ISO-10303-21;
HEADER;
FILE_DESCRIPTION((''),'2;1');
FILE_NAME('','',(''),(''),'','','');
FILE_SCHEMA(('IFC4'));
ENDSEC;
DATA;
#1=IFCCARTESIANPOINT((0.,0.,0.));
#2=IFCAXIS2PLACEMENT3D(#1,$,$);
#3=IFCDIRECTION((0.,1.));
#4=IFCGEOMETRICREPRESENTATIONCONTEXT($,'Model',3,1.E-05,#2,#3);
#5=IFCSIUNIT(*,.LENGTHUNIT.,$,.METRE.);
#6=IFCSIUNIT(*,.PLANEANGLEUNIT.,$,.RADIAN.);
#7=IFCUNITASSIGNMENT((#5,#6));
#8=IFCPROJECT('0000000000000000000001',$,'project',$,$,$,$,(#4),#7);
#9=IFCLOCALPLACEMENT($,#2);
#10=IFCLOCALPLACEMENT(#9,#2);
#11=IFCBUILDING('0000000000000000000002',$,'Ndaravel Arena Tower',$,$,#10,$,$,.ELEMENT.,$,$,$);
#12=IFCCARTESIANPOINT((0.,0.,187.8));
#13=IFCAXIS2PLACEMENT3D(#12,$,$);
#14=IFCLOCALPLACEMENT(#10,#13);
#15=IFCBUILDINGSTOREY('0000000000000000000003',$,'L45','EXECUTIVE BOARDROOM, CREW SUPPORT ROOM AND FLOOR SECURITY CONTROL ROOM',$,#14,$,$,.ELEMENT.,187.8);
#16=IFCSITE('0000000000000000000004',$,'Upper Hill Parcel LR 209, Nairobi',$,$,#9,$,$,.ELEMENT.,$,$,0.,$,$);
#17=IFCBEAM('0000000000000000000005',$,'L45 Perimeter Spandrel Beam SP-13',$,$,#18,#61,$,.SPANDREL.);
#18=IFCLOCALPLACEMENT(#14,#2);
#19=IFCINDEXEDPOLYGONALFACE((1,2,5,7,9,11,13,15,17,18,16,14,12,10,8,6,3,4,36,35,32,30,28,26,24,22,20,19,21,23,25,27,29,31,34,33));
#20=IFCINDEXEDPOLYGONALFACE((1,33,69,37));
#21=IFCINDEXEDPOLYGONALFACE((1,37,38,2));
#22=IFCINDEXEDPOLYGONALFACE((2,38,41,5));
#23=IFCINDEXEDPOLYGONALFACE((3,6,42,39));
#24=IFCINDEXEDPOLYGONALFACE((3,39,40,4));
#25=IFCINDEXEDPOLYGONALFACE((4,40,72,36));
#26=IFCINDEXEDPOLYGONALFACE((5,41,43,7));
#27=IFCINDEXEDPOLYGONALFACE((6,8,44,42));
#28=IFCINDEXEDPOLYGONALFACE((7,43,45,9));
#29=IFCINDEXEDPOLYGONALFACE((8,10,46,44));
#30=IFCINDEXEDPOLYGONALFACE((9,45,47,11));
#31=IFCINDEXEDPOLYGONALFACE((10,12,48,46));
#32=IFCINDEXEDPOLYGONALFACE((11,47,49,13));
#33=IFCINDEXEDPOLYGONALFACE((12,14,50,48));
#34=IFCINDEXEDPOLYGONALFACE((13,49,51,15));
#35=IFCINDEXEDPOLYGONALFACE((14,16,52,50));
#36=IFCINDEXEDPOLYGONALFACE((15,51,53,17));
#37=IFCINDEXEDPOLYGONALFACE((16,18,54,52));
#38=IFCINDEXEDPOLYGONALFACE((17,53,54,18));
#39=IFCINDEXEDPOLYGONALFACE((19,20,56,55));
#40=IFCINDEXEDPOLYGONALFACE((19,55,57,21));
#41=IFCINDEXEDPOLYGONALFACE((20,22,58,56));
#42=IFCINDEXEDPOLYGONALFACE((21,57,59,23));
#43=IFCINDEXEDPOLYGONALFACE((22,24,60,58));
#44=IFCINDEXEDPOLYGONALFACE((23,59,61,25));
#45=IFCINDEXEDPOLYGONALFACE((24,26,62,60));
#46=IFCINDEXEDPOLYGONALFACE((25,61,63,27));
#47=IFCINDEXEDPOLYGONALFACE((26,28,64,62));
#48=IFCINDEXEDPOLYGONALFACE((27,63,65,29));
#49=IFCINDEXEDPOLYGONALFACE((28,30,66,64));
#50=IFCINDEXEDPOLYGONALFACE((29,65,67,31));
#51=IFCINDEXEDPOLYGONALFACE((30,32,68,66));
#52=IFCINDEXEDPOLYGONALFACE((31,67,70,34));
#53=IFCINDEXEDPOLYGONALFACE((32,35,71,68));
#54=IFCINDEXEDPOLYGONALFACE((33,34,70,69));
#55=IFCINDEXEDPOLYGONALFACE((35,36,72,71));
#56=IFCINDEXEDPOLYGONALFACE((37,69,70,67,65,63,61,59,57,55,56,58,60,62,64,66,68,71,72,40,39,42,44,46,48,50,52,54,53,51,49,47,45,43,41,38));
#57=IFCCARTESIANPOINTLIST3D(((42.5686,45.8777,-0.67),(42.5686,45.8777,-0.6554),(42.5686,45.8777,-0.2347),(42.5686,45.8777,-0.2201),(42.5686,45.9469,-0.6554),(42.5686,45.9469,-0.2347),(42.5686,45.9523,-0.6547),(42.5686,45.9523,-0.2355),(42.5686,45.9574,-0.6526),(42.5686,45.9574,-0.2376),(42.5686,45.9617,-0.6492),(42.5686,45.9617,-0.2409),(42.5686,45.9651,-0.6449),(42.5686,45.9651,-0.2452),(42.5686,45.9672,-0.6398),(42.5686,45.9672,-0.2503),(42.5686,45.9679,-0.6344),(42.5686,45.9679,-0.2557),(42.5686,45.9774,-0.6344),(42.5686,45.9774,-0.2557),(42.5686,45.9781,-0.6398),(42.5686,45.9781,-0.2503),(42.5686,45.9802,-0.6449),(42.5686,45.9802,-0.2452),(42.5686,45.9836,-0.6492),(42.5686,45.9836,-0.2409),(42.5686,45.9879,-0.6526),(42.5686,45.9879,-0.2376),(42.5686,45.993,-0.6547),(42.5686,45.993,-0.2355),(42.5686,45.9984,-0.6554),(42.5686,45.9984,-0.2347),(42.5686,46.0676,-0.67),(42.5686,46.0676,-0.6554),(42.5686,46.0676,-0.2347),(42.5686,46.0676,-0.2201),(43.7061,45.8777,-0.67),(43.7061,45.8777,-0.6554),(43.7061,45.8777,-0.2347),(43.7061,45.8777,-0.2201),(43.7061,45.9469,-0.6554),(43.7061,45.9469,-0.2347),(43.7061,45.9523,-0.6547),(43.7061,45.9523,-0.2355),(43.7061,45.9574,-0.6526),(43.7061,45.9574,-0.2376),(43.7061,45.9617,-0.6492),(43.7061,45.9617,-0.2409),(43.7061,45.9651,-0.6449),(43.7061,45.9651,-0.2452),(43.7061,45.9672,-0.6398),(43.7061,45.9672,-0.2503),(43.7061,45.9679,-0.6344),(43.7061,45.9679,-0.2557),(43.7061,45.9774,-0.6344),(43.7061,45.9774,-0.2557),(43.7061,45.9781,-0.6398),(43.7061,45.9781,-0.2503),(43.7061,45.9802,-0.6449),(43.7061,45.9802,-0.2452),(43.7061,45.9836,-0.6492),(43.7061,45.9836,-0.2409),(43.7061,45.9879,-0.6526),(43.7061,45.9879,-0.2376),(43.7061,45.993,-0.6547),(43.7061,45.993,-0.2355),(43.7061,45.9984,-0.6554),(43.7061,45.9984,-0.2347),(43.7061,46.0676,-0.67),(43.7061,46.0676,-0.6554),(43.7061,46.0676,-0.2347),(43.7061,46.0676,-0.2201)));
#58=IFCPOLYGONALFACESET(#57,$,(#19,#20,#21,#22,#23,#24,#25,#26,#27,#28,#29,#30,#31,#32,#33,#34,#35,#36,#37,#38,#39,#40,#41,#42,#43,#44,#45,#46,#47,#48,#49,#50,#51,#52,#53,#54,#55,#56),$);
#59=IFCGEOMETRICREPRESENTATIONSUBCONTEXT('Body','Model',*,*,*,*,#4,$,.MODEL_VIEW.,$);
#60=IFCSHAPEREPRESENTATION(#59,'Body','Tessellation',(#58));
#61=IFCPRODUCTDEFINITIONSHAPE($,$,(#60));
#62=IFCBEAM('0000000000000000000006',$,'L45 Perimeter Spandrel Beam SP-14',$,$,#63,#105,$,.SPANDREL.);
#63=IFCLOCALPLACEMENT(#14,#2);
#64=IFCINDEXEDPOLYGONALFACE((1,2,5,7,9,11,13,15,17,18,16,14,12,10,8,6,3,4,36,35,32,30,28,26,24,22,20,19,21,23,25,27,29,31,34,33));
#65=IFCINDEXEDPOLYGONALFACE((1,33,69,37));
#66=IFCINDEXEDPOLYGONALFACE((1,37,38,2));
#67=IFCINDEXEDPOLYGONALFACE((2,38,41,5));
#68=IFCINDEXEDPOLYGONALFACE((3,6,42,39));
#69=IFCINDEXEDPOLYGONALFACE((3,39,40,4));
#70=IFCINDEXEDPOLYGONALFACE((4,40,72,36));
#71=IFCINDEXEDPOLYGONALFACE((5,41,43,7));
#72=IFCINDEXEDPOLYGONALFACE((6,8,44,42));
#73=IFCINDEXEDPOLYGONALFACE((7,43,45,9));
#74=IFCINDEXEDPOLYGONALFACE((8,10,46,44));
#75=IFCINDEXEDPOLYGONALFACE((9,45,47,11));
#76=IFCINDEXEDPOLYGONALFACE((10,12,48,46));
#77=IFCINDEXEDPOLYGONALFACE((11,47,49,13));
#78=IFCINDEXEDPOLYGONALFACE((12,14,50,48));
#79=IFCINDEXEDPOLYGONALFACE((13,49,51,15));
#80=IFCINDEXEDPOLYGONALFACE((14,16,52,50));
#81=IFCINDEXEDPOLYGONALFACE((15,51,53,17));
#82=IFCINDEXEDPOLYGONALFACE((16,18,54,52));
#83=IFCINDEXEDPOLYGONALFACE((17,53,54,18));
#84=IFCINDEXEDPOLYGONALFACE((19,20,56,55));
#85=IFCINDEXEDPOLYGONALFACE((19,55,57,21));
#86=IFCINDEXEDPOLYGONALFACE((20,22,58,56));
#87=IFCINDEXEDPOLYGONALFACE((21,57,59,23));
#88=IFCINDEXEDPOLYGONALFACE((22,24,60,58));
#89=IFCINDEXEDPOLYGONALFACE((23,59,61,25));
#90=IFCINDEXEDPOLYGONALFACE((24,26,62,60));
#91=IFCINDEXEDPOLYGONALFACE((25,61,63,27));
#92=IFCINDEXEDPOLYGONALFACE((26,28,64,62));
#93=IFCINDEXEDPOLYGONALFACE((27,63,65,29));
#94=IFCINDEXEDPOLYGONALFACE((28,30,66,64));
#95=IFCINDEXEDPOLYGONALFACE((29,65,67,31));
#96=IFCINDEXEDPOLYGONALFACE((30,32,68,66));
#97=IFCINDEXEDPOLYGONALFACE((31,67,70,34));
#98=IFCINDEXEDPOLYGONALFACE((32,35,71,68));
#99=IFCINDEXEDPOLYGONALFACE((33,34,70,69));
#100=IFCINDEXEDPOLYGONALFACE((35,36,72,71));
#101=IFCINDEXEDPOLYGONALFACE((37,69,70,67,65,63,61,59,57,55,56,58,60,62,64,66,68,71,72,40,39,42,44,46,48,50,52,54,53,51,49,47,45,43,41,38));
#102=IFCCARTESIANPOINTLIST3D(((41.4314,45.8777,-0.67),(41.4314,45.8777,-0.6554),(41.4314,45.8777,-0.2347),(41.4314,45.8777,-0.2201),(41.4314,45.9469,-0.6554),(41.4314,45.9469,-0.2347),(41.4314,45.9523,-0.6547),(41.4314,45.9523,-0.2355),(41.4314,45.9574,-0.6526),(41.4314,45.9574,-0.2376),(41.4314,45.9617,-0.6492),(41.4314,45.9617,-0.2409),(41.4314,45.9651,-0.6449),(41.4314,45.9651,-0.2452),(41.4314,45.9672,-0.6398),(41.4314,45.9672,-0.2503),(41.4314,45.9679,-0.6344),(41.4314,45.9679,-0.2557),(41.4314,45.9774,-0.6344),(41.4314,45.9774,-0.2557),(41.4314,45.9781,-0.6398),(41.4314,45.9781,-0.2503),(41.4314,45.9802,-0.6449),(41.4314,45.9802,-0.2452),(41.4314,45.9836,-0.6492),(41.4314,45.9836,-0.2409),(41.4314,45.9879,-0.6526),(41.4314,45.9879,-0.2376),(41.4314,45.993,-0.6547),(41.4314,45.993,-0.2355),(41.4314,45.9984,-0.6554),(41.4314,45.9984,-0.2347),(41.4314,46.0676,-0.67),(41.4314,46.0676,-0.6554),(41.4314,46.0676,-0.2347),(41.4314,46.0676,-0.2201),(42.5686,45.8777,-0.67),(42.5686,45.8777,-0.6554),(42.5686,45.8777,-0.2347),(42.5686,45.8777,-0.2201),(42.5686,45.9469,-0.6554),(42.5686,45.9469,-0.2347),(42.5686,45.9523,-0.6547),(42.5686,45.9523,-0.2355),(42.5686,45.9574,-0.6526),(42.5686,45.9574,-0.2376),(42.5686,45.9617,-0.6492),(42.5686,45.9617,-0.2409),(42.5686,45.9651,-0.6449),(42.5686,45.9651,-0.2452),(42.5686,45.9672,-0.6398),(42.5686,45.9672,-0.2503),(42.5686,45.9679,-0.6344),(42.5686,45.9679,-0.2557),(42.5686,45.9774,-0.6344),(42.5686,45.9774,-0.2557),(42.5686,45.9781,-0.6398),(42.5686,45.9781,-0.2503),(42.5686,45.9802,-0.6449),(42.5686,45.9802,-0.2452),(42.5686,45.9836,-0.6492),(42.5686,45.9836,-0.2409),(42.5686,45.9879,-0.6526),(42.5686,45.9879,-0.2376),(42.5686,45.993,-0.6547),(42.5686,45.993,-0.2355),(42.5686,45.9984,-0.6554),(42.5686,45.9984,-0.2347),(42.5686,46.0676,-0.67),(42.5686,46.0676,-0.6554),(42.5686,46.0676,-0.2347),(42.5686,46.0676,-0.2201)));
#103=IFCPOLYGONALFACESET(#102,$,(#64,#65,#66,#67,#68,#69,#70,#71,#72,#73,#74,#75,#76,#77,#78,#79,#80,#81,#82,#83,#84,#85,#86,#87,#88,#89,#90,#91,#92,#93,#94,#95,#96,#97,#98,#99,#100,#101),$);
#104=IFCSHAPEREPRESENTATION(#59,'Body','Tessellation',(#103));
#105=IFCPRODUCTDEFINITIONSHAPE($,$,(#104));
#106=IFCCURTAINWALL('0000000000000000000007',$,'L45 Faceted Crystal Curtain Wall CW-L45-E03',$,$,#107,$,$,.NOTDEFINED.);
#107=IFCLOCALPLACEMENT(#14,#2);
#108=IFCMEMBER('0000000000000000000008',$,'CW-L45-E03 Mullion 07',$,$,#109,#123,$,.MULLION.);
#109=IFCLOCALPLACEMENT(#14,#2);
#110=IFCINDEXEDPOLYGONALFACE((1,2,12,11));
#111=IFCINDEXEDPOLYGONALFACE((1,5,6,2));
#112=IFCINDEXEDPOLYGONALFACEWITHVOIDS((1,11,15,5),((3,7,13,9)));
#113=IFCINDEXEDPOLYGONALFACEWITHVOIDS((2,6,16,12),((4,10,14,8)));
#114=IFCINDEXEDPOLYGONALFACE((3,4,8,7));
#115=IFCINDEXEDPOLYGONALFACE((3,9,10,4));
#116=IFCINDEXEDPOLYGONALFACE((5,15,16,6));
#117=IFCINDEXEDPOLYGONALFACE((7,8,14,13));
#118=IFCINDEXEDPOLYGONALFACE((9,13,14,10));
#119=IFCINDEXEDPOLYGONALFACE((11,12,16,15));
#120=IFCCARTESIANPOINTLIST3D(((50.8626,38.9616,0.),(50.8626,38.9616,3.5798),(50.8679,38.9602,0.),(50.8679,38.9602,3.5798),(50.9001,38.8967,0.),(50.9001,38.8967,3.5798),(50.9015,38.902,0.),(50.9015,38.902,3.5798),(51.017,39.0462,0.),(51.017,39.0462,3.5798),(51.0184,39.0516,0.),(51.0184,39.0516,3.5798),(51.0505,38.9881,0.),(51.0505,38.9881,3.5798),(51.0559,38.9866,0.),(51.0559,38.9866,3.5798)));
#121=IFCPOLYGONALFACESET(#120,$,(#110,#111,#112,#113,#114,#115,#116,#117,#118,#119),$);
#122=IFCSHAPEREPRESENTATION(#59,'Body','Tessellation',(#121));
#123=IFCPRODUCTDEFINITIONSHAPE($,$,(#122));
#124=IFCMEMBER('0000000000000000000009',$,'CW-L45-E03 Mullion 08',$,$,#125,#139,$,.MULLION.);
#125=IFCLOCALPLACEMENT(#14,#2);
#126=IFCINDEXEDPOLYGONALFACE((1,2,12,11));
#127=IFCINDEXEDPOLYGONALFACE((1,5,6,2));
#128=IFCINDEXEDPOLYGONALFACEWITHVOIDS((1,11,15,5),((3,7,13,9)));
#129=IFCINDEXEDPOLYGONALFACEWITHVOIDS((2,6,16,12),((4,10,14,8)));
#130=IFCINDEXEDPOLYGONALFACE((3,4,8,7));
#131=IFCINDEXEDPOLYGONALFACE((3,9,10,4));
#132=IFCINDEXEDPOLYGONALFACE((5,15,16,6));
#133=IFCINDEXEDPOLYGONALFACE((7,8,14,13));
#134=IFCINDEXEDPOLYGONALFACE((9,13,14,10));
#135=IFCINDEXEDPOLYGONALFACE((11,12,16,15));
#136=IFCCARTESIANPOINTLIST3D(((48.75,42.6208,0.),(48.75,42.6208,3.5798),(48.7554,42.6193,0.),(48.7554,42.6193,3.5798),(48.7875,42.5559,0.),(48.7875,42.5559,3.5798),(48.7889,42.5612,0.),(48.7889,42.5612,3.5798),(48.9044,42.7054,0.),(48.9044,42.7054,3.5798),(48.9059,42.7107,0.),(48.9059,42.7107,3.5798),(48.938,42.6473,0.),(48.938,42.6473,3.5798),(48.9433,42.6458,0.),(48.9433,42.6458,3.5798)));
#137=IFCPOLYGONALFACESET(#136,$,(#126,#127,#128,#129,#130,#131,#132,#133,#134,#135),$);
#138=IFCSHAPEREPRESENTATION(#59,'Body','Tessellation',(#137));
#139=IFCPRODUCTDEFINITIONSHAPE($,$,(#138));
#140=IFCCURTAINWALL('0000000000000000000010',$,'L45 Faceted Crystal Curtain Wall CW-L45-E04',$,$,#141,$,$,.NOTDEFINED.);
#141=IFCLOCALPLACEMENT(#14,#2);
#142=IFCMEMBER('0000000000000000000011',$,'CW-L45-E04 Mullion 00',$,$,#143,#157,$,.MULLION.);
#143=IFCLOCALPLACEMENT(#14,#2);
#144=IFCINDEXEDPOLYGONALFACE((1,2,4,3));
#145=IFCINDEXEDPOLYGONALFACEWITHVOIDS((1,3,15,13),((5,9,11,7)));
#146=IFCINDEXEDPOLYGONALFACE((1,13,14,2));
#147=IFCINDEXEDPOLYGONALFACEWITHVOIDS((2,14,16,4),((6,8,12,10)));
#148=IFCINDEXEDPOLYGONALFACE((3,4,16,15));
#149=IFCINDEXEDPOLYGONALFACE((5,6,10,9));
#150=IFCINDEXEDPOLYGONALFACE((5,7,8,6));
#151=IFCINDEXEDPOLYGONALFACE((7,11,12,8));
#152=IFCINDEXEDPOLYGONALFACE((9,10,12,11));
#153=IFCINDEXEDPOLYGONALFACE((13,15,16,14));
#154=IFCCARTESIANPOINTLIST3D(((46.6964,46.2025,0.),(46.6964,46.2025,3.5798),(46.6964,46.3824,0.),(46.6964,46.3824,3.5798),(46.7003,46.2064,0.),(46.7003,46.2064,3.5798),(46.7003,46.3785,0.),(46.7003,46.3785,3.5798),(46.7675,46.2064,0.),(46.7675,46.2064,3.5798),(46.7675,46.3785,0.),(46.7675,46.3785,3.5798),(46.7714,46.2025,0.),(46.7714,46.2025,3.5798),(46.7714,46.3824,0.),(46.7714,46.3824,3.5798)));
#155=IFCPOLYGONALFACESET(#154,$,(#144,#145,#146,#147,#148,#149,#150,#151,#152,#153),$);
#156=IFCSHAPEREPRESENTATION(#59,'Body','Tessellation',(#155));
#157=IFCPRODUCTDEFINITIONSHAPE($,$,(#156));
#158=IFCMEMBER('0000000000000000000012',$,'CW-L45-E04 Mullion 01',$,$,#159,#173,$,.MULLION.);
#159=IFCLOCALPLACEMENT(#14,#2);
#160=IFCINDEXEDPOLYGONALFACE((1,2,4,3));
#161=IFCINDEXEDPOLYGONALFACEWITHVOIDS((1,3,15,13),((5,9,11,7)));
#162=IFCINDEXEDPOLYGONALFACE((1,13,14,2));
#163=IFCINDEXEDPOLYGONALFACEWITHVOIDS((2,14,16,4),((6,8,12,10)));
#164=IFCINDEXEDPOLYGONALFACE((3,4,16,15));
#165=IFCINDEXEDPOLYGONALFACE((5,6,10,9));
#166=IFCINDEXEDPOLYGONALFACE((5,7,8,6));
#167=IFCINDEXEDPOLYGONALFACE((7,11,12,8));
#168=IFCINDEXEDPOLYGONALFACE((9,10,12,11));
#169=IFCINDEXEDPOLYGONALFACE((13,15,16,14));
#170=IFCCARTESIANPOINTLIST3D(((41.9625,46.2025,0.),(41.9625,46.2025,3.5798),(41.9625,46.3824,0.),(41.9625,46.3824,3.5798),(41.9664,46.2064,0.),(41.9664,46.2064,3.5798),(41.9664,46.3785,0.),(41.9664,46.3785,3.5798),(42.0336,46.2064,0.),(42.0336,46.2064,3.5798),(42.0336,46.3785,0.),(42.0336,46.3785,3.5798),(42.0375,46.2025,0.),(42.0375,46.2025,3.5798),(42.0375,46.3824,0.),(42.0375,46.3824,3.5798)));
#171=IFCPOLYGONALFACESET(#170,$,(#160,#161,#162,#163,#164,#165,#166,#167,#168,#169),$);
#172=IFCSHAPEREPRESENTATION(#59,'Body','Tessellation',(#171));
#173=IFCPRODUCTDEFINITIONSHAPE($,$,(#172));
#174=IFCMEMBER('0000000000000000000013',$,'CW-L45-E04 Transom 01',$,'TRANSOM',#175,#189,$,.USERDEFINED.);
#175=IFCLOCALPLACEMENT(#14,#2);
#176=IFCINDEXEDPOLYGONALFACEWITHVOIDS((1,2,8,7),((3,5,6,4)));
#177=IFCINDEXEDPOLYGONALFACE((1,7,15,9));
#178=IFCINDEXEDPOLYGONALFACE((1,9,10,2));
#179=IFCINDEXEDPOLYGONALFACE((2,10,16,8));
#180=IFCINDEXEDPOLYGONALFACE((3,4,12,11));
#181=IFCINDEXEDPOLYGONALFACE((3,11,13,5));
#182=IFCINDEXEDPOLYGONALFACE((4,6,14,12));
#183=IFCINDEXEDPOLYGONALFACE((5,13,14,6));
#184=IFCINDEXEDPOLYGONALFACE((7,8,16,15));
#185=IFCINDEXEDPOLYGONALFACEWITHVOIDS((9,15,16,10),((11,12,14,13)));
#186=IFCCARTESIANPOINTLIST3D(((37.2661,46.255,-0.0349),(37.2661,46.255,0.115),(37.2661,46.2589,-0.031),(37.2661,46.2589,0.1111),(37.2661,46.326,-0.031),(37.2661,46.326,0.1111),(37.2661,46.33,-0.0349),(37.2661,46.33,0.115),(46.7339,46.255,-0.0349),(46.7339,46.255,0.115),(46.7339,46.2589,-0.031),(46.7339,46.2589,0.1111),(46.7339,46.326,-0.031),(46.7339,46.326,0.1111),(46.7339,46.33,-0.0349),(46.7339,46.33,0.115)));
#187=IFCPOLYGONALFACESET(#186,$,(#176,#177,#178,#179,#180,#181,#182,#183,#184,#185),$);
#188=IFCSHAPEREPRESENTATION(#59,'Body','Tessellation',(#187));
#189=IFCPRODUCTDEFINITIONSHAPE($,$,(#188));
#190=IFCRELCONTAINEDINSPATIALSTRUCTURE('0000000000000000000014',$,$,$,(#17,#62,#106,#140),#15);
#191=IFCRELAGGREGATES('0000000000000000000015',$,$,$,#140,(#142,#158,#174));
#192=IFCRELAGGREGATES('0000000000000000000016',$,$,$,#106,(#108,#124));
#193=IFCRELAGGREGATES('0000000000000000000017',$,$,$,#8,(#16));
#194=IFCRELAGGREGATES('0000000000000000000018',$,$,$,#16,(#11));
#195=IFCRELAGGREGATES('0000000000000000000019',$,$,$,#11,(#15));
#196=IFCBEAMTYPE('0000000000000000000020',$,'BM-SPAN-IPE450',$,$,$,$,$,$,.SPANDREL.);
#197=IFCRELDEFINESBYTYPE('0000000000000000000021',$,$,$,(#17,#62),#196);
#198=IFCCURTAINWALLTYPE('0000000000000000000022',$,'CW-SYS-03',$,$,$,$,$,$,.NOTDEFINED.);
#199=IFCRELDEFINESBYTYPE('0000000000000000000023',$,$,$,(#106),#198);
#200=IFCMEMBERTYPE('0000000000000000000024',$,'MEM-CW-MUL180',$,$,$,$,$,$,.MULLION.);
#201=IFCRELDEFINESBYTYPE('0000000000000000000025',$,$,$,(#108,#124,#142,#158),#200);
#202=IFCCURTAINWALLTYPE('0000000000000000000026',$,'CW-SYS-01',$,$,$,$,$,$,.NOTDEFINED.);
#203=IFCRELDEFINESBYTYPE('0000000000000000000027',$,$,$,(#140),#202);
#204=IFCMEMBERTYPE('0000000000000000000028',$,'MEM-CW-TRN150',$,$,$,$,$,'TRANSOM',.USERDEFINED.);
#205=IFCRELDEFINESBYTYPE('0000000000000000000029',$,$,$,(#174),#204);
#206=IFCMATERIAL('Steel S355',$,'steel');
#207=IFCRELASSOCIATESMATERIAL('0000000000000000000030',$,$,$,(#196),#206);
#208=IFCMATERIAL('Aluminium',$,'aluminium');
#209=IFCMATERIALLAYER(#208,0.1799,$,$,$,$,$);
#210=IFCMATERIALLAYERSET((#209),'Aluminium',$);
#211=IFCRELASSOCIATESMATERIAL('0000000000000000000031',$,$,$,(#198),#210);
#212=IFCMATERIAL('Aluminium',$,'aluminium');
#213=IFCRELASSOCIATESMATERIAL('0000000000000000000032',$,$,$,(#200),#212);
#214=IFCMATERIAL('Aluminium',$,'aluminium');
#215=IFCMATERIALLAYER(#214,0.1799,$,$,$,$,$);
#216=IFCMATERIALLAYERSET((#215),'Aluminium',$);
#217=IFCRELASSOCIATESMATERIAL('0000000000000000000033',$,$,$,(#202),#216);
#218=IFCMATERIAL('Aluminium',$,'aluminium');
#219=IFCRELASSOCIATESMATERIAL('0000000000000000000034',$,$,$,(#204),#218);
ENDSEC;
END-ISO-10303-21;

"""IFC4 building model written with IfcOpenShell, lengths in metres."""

from ifc_helpers import new_model, si_unit, direction, frame, origin, origin_2d, place, context, subcontext, project, spatial, hollow_rectangle, i_section, extrude, material, layer, layer_set, material_profile, profile_set, type_object, element, aggregate, save


model = new_model("IFC4")

# Units and contexts
model_context = context("Model", 3, precision=1e-05, world=origin(), true_north=direction((0.0, 1.0)))
body_context = subcontext(model_context, "Body", "Model", "MODEL_VIEW")
ifc_project = project(units=[si_unit("LENGTHUNIT", "METRE"), si_unit("PLANEANGLEUNIT", "RADIAN")], contexts=[model_context])

# Site, building, storey
site_placement = place(None, origin())
site = spatial("IfcSite", under=ifc_project, at=site_placement, Name="Upper Hill Parcel LR 209, Nairobi", CompositionType="ELEMENT", RefElevation=0.0)
building_placement = place(site_placement, origin())
building = spatial("IfcBuilding", under=site, at=building_placement, Name="Ndaravel Arena Tower", CompositionType="ELEMENT")
storey_placement = place(building_placement, frame((0.0, 0.0, 187.8)))
storey = spatial("IfcBuildingStorey", under=building, at=storey_placement, Name="L45", Description="EXECUTIVE BOARDROOM, CREW SUPPORT ROOM AND FLOOR SECURITY CONTROL ROOM", CompositionType="ELEMENT", Elevation=187.8)

# Beams
ifc_material_1 = material(Name="Steel S355", Category="steel")
ifc_material_profile_1 = material_profile(ifc_material_1, i_section(OverallWidth=0.1899, OverallDepth=0.45, WebThickness=0.0095, FlangeThickness=0.0146, FilletRadius=0.021, at=origin_2d()), Name="IPE 450")
ifc_profile_set_1 = profile_set([ifc_material_profile_1], Name="Steel S355")
beam_type_1 = type_object("IfcBeamType", Name="BM-SPAN-IPE450", PredefinedType="SPANDREL", material=ifc_profile_set_1)
beam_1_placement = place(storey_placement, frame((43.7061, 45.9727, -0.4451), z_axis=(-1.0, 0.0, 0.0), x_axis=(0.0, -1.0, 0.0)))
element("IfcBeam", 1, at=beam_1_placement, inside=storey, type_object=beam_type_1, Name="L45 Perimeter Spandrel Beam SP-13", PredefinedType="SPANDREL", context=body_context, shape_type="SweptSolid", body=[
    extrude(i_section(OverallWidth=0.1899, OverallDepth=0.45, WebThickness=0.0095, FlangeThickness=0.0146, FilletRadius=0.021, at=origin_2d()), origin(), (0.0, 0.0, 1.0), 1.1375),
])
beam_2_placement = place(storey_placement, frame((42.5686, 45.9727, -0.4451), z_axis=(-1.0, 0.0, 0.0), x_axis=(0.0, -1.0, 0.0)))
element("IfcBeam", 2, at=beam_2_placement, inside=storey, type_object=beam_type_1, Name="L45 Perimeter Spandrel Beam SP-14", PredefinedType="SPANDREL", context=body_context, shape_type="SweptSolid", body=[
    extrude(i_section(OverallWidth=0.1899, OverallDepth=0.45, WebThickness=0.0095, FlangeThickness=0.0146, FilletRadius=0.021, at=origin_2d()), origin(), (0.0, 0.0, 1.0), 1.1372),
])

# Curtain wall, members
ifc_material_2 = material(Name="Aluminium", Category="aluminium")
ifc_layer_1 = layer(ifc_material_2, 0.1799)
ifc_layer_set_1 = layer_set([ifc_layer_1], Name="Aluminium")
curtain_wall_type_1 = type_object("IfcCurtainWallType", Name="CW-SYS-03", PredefinedType="NOTDEFINED", material=ifc_layer_set_1)
curtain_wall_1_placement = place(storey_placement, origin())
curtain_wall_1 = element("IfcCurtainWall", 3, at=curtain_wall_1_placement, inside=storey, type_object=curtain_wall_type_1, Name="L45 Faceted Crystal Curtain Wall CW-L45-E03", PredefinedType="NOTDEFINED")
ifc_material_3 = material(Name="Aluminium", Category="aluminium")
ifc_material_profile_2 = material_profile(ifc_material_3, hollow_rectangle(XDim=0.075, YDim=0.1799, WallThickness=0.0039, at=origin_2d()), Name="CW MULLION 75x180x4")
ifc_profile_set_2 = profile_set([ifc_material_profile_2], Name="Aluminium")
member_type_1 = type_object("IfcMemberType", Name="MEM-CW-MUL180", PredefinedType="MULLION", material=ifc_profile_set_2)
member_1_placement = place(storey_placement, frame((50.9592, 38.9741, 0.0), z_axis=(0.0, 0.0, 1.0), x_axis=(-0.5, 0.866025, 0.0)))
member_1 = element("IfcMember", 4, at=member_1_placement, type_object=member_type_1, Name="CW-L45-E03 Mullion 07", PredefinedType="MULLION", context=body_context, shape_type="SweptSolid", body=[
    extrude(hollow_rectangle(XDim=0.075, YDim=0.1799, WallThickness=0.0039, at=origin_2d()), origin(), (0.0, 0.0, 1.0), 3.5798),
])
member_2_placement = place(storey_placement, frame((48.8467, 42.6333, 0.0), z_axis=(0.0, 0.0, 1.0), x_axis=(-0.5, 0.866025, 0.0)))
member_2 = element("IfcMember", 5, at=member_2_placement, type_object=member_type_1, Name="CW-L45-E03 Mullion 08", PredefinedType="MULLION", context=body_context, shape_type="SweptSolid", body=[
    extrude(hollow_rectangle(XDim=0.075, YDim=0.1799, WallThickness=0.0039, at=origin_2d()), origin(), (0.0, 0.0, 1.0), 3.5798),
])

# Curtain wall, members
ifc_material_4 = material(Name="Aluminium", Category="aluminium")
ifc_layer_2 = layer(ifc_material_4, 0.1799)
ifc_layer_set_2 = layer_set([ifc_layer_2], Name="Aluminium")
curtain_wall_type_2 = type_object("IfcCurtainWallType", Name="CW-SYS-01", PredefinedType="NOTDEFINED", material=ifc_layer_set_2)
curtain_wall_2_placement = place(storey_placement, origin())
curtain_wall_2 = element("IfcCurtainWall", 6, at=curtain_wall_2_placement, inside=storey, type_object=curtain_wall_type_2, Name="L45 Faceted Crystal Curtain Wall CW-L45-E04", PredefinedType="NOTDEFINED")
member_3_placement = place(storey_placement, frame((46.7339, 46.2925, 0.0), z_axis=(0.0, 0.0, 1.0), x_axis=(-1.0, 0.0, 0.0)))
member_3 = element("IfcMember", 7, at=member_3_placement, type_object=member_type_1, Name="CW-L45-E04 Mullion 00", PredefinedType="MULLION", context=body_context, shape_type="SweptSolid", body=[
    extrude(hollow_rectangle(XDim=0.075, YDim=0.1799, WallThickness=0.0039, at=origin_2d()), origin(), (0.0, 0.0, 1.0), 3.5798),
])
member_4_placement = place(storey_placement, frame((42.0, 46.2925, 0.0), z_axis=(0.0, 0.0, 1.0), x_axis=(-1.0, 0.0, 0.0)))
member_4 = element("IfcMember", 8, at=member_4_placement, type_object=member_type_1, Name="CW-L45-E04 Mullion 01", PredefinedType="MULLION", context=body_context, shape_type="SweptSolid", body=[
    extrude(hollow_rectangle(XDim=0.075, YDim=0.1799, WallThickness=0.0039, at=origin_2d()), origin(), (0.0, 0.0, 1.0), 3.5798),
])
ifc_material_5 = material(Name="Aluminium", Category="aluminium")
ifc_material_profile_3 = material_profile(ifc_material_5, hollow_rectangle(XDim=0.075, YDim=0.1499, WallThickness=0.0039, at=origin_2d()), Name="CW TRANSOM 75x150x4")
ifc_profile_set_3 = profile_set([ifc_material_profile_3], Name="Aluminium")
member_type_2 = type_object("IfcMemberType", Name="MEM-CW-TRN150", ElementType="TRANSOM", PredefinedType="USERDEFINED", material=ifc_profile_set_3)
member_5_placement = place(storey_placement, frame((46.7339, 46.2925, 0.04), z_axis=(-1.0, 0.0, 0.0), x_axis=(0.0, -1.0, 0.0)))
member_5 = element("IfcMember", 9, at=member_5_placement, type_object=member_type_2, Name="CW-L45-E04 Transom 01", ObjectType="TRANSOM", PredefinedType="USERDEFINED", context=body_context, shape_type="SweptSolid", body=[
    extrude(hollow_rectangle(XDim=0.075, YDim=0.1499, WallThickness=0.0039, at=origin_2d()), origin(), (0.0, 0.0, 1.0), 9.4678),
])
aggregate(curtain_wall_2, [member_3, member_4, member_5])

aggregate(curtain_wall_1, [member_1, member_2])

save(model, "model.ifc")
